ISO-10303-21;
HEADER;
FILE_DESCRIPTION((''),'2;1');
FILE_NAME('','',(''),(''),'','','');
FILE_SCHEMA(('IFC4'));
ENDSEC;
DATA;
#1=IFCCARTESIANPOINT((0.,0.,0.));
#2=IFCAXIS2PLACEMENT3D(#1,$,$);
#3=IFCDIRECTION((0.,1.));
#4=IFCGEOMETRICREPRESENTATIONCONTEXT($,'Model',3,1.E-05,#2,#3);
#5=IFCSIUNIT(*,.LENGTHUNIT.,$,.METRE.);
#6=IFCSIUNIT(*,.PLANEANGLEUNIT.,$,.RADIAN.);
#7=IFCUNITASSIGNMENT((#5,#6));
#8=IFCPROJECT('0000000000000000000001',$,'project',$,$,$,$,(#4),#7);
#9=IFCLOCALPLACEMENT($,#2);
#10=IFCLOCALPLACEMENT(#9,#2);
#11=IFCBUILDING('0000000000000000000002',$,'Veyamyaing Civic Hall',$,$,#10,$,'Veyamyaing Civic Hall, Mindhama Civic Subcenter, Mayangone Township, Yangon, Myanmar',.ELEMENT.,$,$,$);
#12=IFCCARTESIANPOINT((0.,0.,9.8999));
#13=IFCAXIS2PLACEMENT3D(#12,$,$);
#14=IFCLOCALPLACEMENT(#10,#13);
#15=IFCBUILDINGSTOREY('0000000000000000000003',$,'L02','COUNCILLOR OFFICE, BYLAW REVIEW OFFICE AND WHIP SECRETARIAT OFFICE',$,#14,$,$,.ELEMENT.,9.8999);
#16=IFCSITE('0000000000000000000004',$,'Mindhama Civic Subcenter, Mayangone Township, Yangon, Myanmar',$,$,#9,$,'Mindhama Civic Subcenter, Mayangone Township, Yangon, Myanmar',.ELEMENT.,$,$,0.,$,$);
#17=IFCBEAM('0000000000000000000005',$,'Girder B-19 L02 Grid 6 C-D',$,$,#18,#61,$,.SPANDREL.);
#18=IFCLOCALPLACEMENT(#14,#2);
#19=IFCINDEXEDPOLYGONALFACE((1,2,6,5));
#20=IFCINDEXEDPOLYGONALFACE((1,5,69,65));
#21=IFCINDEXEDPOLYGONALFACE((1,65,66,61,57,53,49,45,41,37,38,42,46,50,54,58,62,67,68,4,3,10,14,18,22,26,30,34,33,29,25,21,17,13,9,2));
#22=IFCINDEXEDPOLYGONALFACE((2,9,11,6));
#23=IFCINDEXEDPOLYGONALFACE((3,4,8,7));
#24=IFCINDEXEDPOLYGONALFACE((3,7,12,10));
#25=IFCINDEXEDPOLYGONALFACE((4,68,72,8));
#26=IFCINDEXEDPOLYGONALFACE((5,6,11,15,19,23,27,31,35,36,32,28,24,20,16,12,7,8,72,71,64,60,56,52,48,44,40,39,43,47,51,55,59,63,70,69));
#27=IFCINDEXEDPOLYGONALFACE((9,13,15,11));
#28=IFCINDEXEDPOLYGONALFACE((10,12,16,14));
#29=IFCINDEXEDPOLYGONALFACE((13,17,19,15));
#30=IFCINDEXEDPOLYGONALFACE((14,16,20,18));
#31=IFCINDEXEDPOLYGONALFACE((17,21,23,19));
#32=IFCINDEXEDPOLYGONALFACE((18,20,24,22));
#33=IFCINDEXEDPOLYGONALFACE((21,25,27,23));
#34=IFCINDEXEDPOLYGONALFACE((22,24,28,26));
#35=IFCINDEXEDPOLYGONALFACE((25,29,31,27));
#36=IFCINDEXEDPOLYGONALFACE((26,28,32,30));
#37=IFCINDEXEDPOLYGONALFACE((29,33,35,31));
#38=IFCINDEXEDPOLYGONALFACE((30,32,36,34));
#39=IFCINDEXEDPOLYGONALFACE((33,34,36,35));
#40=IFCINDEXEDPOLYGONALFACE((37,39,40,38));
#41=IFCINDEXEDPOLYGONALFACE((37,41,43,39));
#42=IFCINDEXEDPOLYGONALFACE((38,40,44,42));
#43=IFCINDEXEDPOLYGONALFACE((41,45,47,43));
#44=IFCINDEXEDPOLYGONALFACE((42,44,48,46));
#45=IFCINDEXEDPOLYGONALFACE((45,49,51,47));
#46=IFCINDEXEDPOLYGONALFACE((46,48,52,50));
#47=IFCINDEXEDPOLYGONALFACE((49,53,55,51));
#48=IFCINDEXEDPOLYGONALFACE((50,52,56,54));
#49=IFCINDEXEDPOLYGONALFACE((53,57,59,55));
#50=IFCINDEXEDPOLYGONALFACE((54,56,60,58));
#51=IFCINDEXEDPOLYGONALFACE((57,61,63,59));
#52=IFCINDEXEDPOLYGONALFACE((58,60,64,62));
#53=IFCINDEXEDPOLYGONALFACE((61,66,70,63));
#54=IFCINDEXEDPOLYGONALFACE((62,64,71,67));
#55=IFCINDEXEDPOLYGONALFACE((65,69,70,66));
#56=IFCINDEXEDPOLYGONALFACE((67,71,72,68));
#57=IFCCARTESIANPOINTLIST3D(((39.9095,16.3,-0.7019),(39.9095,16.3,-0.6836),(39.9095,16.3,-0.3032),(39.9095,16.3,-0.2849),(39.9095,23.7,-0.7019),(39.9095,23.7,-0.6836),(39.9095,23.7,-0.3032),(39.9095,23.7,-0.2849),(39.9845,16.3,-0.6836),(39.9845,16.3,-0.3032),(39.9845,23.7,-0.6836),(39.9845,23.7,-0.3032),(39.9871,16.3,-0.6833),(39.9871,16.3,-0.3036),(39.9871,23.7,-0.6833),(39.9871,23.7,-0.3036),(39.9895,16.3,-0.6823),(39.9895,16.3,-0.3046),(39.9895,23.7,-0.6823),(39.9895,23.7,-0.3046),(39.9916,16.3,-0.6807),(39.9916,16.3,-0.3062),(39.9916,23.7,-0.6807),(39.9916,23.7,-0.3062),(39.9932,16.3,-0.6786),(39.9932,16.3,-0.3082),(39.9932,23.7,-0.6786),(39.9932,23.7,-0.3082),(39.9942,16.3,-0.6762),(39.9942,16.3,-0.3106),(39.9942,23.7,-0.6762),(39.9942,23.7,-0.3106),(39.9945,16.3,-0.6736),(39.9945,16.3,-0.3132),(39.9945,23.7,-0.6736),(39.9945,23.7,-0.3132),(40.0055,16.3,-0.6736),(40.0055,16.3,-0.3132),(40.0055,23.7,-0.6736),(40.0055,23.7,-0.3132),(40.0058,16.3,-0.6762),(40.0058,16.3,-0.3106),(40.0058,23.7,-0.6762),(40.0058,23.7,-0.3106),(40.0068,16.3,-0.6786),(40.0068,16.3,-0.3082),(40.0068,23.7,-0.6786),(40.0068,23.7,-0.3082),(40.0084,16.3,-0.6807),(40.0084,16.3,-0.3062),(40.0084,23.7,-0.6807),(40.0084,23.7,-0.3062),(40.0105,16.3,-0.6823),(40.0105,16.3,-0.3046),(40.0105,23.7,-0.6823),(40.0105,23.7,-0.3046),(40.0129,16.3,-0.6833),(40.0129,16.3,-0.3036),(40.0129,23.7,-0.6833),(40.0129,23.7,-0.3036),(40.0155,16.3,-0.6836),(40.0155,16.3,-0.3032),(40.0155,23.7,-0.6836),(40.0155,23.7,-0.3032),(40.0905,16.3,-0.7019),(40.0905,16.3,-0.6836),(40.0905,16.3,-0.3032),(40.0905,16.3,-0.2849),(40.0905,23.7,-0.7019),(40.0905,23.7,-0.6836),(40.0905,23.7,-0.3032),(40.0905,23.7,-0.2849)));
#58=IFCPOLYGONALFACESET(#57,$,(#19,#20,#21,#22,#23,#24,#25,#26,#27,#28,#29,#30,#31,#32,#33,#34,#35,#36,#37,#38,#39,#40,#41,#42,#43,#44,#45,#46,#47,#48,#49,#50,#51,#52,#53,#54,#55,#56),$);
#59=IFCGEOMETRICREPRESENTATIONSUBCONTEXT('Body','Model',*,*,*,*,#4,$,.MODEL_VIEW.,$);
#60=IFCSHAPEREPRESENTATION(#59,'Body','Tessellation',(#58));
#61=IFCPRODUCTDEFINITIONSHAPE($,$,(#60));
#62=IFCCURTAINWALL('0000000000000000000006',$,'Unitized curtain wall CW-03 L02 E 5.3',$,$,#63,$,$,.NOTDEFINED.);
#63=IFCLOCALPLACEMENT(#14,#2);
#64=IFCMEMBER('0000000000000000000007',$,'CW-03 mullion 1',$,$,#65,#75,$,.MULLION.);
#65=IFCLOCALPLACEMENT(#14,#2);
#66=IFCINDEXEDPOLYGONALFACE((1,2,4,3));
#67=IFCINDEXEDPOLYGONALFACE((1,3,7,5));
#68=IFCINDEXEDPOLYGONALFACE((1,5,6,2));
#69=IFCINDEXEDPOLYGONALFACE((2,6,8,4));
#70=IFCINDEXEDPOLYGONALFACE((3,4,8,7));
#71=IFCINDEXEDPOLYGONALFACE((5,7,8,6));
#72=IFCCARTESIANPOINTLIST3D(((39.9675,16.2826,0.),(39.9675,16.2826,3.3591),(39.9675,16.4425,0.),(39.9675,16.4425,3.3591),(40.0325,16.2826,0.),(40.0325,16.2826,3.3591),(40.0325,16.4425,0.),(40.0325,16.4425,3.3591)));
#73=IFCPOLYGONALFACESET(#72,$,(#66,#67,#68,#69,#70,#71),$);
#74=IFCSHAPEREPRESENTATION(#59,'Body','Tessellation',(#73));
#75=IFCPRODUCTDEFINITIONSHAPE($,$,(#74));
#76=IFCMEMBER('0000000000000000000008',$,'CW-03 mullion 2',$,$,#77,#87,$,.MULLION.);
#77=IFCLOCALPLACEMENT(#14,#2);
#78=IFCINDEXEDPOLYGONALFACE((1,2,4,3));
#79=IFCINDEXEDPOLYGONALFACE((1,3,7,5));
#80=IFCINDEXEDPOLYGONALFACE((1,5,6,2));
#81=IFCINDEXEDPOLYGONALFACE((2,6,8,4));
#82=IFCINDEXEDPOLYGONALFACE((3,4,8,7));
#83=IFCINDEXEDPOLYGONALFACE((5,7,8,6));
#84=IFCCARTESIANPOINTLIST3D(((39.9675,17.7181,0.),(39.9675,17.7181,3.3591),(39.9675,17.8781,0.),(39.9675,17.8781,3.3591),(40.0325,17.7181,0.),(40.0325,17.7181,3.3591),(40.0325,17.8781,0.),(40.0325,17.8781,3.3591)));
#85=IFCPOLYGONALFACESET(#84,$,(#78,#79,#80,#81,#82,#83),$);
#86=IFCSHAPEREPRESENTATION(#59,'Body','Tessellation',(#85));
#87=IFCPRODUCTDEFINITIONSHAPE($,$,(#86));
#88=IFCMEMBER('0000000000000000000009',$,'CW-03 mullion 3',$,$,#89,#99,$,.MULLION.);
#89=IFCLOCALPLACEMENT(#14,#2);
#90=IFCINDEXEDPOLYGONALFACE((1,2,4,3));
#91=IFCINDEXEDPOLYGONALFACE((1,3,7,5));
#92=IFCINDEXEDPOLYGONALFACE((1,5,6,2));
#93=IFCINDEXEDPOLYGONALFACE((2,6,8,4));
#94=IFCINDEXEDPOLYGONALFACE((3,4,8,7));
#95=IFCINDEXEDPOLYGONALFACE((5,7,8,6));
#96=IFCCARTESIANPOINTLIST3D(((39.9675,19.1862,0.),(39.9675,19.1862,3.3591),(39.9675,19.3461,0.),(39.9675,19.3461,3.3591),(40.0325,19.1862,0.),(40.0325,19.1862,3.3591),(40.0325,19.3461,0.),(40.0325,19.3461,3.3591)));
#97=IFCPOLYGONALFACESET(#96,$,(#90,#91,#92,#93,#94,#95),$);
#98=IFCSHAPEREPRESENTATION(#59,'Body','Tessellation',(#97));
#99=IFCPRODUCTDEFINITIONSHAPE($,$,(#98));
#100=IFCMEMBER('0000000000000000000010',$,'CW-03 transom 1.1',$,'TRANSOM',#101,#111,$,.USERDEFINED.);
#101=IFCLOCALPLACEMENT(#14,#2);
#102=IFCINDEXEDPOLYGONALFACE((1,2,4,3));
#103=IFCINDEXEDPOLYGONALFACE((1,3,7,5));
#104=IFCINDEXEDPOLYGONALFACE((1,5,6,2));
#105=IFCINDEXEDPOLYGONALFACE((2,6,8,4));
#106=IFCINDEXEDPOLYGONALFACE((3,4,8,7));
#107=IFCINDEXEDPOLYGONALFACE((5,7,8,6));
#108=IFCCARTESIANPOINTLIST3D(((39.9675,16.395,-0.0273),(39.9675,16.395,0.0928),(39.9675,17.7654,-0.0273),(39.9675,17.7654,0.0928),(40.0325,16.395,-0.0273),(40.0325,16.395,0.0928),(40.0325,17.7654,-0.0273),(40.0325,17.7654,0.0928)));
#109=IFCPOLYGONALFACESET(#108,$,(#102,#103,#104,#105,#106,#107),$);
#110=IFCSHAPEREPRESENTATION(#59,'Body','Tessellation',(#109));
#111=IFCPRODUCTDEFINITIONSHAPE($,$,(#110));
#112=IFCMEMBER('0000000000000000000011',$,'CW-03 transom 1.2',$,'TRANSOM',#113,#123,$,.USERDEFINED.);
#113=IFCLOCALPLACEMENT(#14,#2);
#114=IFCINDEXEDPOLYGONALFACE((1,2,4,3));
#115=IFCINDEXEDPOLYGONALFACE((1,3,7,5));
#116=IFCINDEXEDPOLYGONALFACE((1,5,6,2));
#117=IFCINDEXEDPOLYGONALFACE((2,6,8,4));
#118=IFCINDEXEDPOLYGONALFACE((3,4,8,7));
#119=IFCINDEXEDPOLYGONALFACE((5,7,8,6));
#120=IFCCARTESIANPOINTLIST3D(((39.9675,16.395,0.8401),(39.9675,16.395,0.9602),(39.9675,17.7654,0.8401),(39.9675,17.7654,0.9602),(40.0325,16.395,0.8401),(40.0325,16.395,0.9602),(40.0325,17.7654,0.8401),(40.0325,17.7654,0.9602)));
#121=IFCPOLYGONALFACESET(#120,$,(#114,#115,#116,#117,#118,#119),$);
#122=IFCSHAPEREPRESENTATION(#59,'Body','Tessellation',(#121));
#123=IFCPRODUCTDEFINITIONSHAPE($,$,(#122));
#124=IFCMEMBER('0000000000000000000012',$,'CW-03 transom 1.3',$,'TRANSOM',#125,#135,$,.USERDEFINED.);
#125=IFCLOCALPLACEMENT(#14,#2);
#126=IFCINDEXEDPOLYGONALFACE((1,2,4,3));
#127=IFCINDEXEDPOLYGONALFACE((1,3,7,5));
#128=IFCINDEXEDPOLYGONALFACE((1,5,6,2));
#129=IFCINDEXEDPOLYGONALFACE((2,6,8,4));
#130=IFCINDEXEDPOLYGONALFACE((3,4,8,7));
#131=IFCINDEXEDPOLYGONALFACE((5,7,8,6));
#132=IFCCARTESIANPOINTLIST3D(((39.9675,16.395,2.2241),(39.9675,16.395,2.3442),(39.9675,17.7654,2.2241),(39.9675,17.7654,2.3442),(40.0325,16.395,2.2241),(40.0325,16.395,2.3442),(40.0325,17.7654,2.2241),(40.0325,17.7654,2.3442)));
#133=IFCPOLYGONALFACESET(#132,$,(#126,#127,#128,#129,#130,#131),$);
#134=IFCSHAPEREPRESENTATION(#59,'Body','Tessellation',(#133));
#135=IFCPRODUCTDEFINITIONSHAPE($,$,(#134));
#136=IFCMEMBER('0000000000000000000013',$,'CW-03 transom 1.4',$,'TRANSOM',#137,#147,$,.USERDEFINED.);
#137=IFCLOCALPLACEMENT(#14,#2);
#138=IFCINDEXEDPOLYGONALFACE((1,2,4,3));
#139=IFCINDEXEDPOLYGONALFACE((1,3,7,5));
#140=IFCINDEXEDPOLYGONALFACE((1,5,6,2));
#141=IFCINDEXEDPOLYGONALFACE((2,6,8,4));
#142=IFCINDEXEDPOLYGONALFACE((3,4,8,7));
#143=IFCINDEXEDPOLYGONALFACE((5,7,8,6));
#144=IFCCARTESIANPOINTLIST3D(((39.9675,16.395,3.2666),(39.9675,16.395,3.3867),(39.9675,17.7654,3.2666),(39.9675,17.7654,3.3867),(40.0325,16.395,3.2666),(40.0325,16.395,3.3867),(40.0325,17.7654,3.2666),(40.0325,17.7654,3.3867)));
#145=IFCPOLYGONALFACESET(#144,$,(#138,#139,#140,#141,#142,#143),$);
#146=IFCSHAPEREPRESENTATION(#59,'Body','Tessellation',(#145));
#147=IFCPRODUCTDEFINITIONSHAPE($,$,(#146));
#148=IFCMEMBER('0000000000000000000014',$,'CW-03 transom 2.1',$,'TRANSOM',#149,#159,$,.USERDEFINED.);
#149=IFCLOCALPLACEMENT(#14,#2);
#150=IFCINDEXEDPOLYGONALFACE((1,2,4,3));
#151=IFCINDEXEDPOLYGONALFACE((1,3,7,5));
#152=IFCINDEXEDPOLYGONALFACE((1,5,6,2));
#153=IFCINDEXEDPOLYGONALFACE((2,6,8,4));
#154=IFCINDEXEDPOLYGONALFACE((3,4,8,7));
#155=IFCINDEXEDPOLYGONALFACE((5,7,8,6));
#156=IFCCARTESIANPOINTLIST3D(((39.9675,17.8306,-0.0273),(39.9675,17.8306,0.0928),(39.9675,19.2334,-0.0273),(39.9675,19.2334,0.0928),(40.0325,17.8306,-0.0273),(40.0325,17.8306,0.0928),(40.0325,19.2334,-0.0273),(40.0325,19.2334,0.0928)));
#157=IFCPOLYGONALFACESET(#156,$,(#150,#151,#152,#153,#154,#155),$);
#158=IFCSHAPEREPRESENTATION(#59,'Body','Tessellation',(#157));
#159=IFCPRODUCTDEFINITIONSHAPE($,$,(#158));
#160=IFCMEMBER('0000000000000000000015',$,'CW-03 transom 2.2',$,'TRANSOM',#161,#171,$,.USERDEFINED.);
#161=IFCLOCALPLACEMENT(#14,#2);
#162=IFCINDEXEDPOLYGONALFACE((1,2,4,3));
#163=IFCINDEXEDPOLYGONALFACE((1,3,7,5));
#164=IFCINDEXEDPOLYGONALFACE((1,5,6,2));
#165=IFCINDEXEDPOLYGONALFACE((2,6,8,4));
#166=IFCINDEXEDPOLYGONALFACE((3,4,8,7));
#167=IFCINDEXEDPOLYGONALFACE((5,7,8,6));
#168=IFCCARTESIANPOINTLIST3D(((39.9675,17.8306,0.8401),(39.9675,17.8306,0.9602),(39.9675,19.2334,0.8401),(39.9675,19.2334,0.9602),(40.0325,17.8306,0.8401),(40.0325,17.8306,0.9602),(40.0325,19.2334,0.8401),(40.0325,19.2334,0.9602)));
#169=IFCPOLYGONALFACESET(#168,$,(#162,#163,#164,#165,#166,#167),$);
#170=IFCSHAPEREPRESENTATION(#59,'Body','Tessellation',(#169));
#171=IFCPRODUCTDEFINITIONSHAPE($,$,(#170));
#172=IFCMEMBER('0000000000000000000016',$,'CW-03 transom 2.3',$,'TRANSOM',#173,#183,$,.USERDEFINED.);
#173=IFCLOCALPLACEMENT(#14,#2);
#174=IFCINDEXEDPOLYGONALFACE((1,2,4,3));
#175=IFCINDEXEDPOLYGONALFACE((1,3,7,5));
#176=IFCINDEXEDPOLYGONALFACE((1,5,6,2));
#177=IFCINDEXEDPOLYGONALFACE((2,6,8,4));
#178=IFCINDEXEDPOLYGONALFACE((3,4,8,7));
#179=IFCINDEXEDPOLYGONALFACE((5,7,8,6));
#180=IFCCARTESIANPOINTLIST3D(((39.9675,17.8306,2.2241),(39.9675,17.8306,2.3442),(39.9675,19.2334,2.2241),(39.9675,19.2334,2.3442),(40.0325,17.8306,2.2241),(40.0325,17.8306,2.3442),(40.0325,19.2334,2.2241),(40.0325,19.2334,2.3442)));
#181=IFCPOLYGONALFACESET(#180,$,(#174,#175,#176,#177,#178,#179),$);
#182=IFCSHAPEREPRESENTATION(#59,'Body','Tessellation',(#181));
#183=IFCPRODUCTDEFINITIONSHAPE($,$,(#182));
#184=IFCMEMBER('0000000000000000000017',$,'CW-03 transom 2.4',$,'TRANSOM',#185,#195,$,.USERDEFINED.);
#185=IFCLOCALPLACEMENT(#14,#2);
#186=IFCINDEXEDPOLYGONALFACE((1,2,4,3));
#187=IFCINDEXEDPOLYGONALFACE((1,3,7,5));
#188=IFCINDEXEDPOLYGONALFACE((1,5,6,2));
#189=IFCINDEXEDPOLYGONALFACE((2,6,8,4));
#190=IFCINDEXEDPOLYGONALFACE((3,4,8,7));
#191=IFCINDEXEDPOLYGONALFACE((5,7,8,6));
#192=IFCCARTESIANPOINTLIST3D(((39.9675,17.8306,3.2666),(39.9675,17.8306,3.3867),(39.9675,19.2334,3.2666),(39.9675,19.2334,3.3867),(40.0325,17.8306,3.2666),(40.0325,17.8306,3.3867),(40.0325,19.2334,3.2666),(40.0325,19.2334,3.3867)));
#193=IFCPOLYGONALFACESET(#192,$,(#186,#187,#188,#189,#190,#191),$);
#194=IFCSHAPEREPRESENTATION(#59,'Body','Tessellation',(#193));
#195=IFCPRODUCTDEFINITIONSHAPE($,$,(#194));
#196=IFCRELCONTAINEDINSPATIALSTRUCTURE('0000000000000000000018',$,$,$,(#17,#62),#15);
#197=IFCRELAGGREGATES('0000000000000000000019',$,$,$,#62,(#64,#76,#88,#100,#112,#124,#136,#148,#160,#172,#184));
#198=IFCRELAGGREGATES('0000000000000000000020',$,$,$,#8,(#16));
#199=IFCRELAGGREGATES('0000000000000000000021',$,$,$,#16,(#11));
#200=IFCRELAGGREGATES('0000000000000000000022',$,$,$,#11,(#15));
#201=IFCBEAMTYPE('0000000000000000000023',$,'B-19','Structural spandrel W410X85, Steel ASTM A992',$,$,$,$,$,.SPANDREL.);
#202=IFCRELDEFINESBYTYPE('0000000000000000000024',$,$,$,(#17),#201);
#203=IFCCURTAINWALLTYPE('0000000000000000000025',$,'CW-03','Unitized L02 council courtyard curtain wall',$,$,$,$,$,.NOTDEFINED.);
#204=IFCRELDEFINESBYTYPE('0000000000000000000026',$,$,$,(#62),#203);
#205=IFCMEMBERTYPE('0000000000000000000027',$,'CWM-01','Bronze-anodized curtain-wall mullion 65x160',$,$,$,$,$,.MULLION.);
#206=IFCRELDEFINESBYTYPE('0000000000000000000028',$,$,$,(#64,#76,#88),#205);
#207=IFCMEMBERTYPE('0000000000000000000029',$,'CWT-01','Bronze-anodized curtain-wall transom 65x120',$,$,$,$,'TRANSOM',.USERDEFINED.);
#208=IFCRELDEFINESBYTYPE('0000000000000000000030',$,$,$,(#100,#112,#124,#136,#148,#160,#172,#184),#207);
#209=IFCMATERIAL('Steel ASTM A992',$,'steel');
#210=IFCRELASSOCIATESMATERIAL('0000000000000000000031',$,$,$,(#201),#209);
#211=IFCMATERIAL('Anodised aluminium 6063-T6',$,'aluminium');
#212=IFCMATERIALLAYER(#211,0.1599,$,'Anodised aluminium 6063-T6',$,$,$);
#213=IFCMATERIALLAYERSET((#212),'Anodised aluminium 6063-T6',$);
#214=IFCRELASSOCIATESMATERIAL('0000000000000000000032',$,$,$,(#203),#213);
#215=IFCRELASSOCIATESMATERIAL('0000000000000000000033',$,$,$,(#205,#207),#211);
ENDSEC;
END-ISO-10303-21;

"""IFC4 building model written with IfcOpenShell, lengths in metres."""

from ifc_helpers import new_model, si_unit, direction, frame, origin, origin_2d, place, context, subcontext, project, spatial, rectangle, i_section, extrude, material, layer, layer_set, material_profile, profile_set, type_object, element, aggregate, save


model = new_model("IFC4")

# Units and contexts
model_context = context("Model", 3, precision=1e-05, world=origin(), true_north=direction((0.0, 1.0)))
body_context = subcontext(model_context, "Body", "Model", "MODEL_VIEW")
ifc_project = project(units=[si_unit("LENGTHUNIT", "METRE"), si_unit("PLANEANGLEUNIT", "RADIAN")], contexts=[model_context])

# Site, building, storey
site_placement = place(None, origin())
site = spatial("IfcSite", under=ifc_project, at=site_placement, Name="Mindhama Civic Subcenter, Mayangone Township, Yangon, Myanmar", LongName="Mindhama Civic Subcenter, Mayangone Township, Yangon, Myanmar", CompositionType="ELEMENT", RefElevation=0.0)
building_placement = place(site_placement, origin())
building = spatial("IfcBuilding", under=site, at=building_placement, Name="Veyamyaing Civic Hall", LongName="Veyamyaing Civic Hall, Mindhama Civic Subcenter, Mayangone Township, Yangon, Myanmar", CompositionType="ELEMENT")
storey_placement = place(building_placement, frame((0.0, 0.0, 9.8999)))
storey = spatial("IfcBuildingStorey", under=building, at=storey_placement, Name="L02", Description="COUNCILLOR OFFICE, BYLAW REVIEW OFFICE AND WHIP SECRETARIAT OFFICE", CompositionType="ELEMENT", Elevation=9.8999)

# Beam
ifc_material_1 = material(Name="Steel ASTM A992", Category="steel")
ifc_material_profile_1 = material_profile(ifc_material_1, i_section(OverallWidth=0.1809, OverallDepth=0.417, WebThickness=0.011, FlangeThickness=0.0183, FilletRadius=0.01, at=origin_2d()), Name="W410X85")
ifc_profile_set_1 = profile_set([ifc_material_profile_1], Name="Steel ASTM A992")
beam_type = type_object("IfcBeamType", Name="B-19", Description="Structural spandrel W410X85, Steel ASTM A992", PredefinedType="SPANDREL", material=ifc_profile_set_1)
beam_placement = place(storey_placement, frame((40.0, 16.3, -0.4934), z_axis=(0.0, 1.0, 0.0), x_axis=(-1.0, 0.0, 0.0)))
element("IfcBeam", 1, at=beam_placement, inside=storey, type_object=beam_type, Name="Girder B-19 L02 Grid 6 C-D", PredefinedType="SPANDREL", context=body_context, shape_type="SweptSolid", body=[
    extrude(i_section(OverallWidth=0.1809, OverallDepth=0.417, WebThickness=0.011, FlangeThickness=0.0183, FilletRadius=0.01, at=origin_2d()), origin(), (0.0, 0.0, 1.0), 7.3999),
])

# Curtain wall, members
ifc_material_2 = material(Name="Anodised aluminium 6063-T6", Category="aluminium")
ifc_layer_1 = layer(ifc_material_2, 0.1599, Name="Anodised aluminium 6063-T6")
ifc_layer_set_1 = layer_set([ifc_layer_1], Name="Anodised aluminium 6063-T6")
curtain_wall_type = type_object("IfcCurtainWallType", Name="CW-03", Description="Unitized L02 council courtyard curtain wall", PredefinedType="NOTDEFINED", material=ifc_layer_set_1)
curtain_wall_placement = place(storey_placement, origin())
curtain_wall = element("IfcCurtainWall", 2, at=curtain_wall_placement, inside=storey, type_object=curtain_wall_type, Name="Unitized curtain wall CW-03 L02 E 5.3", PredefinedType="NOTDEFINED")
ifc_material_profile_2 = material_profile(ifc_material_2, rectangle(XDim=0.0649, YDim=0.1599, at=origin_2d()), Name="ALU-MUL-65X160")
ifc_profile_set_2 = profile_set([ifc_material_profile_2], Name="Anodised aluminium 6063-T6")
member_type_1 = type_object("IfcMemberType", Name="CWM-01", Description="Bronze-anodized curtain-wall mullion 65x160", PredefinedType="MULLION", material=ifc_profile_set_2)
member_1_placement = place(storey_placement, frame((40.0, 16.3625, 0.0), z_axis=(0.0, 0.0, 1.0), x_axis=(-1.0, 0.0, 0.0)))
member_1 = element("IfcMember", 3, at=member_1_placement, type_object=member_type_1, Name="CW-03 mullion 1", PredefinedType="MULLION", context=body_context, shape_type="SweptSolid", body=[
    extrude(rectangle(XDim=0.0649, YDim=0.1599, at=origin_2d()), origin(), (0.0, 0.0, 1.0), 3.3591),
])
member_2_placement = place(storey_placement, frame((40.0, 17.7981, 0.0), z_axis=(0.0, 0.0, 1.0), x_axis=(-1.0, 0.0, 0.0)))
member_2 = element("IfcMember", 4, at=member_2_placement, type_object=member_type_1, Name="CW-03 mullion 2", PredefinedType="MULLION", context=body_context, shape_type="SweptSolid", body=[
    extrude(rectangle(XDim=0.0649, YDim=0.1599, at=origin_2d()), origin(), (0.0, 0.0, 1.0), 3.3591),
])
member_3_placement = place(storey_placement, frame((40.0, 19.2661, 0.0), z_axis=(0.0, 0.0, 1.0), x_axis=(-1.0, 0.0, 0.0)))
member_3 = element("IfcMember", 5, at=member_3_placement, type_object=member_type_1, Name="CW-03 mullion 3", PredefinedType="MULLION", context=body_context, shape_type="SweptSolid", body=[
    extrude(rectangle(XDim=0.0649, YDim=0.1599, at=origin_2d()), origin(), (0.0, 0.0, 1.0), 3.3591),
])
ifc_material_profile_3 = material_profile(ifc_material_2, rectangle(XDim=0.0649, YDim=0.1201, at=origin_2d()), Name="ALU-TRN-65X120")
ifc_profile_set_3 = profile_set([ifc_material_profile_3], Name="Anodised aluminium 6063-T6")
member_type_2 = type_object("IfcMemberType", Name="CWT-01", Description="Bronze-anodized curtain-wall transom 65x120", ElementType="TRANSOM", PredefinedType="USERDEFINED", material=ifc_profile_set_3)
member_4_placement = place(storey_placement, frame((40.0, 16.395, 0.0327), z_axis=(0.0, 1.0, 0.0), x_axis=(-1.0, 0.0, 0.0)))
member_4 = element("IfcMember", 6, at=member_4_placement, type_object=member_type_2, Name="CW-03 transom 1.1", ObjectType="TRANSOM", PredefinedType="USERDEFINED", context=body_context, shape_type="SweptSolid", body=[
    extrude(rectangle(XDim=0.0649, YDim=0.1201, at=origin_2d()), origin(), (0.0, 0.0, 1.0), 1.3704),
])
member_5_placement = place(storey_placement, frame((40.0, 16.395, 0.9001), z_axis=(0.0, 1.0, 0.0), x_axis=(-1.0, 0.0, 0.0)))
member_5 = element("IfcMember", 7, at=member_5_placement, type_object=member_type_2, Name="CW-03 transom 1.2", ObjectType="TRANSOM", PredefinedType="USERDEFINED", context=body_context, shape_type="SweptSolid", body=[
    extrude(rectangle(XDim=0.0649, YDim=0.1201, at=origin_2d()), origin(), (0.0, 0.0, 1.0), 1.3704),
])
member_6_placement = place(storey_placement, frame((40.0, 16.395, 2.2842), z_axis=(0.0, 1.0, 0.0), x_axis=(-1.0, 0.0, 0.0)))
member_6 = element("IfcMember", 8, at=member_6_placement, type_object=member_type_2, Name="CW-03 transom 1.3", ObjectType="TRANSOM", PredefinedType="USERDEFINED", context=body_context, shape_type="SweptSolid", body=[
    extrude(rectangle(XDim=0.0649, YDim=0.1201, at=origin_2d()), origin(), (0.0, 0.0, 1.0), 1.3704),
])
member_7_placement = place(storey_placement, frame((40.0, 16.395, 3.3267), z_axis=(0.0, 1.0, 0.0), x_axis=(-1.0, 0.0, 0.0)))
member_7 = element("IfcMember", 9, at=member_7_placement, type_object=member_type_2, Name="CW-03 transom 1.4", ObjectType="TRANSOM", PredefinedType="USERDEFINED", context=body_context, shape_type="SweptSolid", body=[
    extrude(rectangle(XDim=0.0649, YDim=0.1201, at=origin_2d()), origin(), (0.0, 0.0, 1.0), 1.3704),
])
member_8_placement = place(storey_placement, frame((40.0, 17.8306, 0.0327), z_axis=(0.0, 1.0, 0.0), x_axis=(-1.0, 0.0, 0.0)))
member_8 = element("IfcMember", 10, at=member_8_placement, type_object=member_type_2, Name="CW-03 transom 2.1", ObjectType="TRANSOM", PredefinedType="USERDEFINED", context=body_context, shape_type="SweptSolid", body=[
    extrude(rectangle(XDim=0.0649, YDim=0.1201, at=origin_2d()), origin(), (0.0, 0.0, 1.0), 1.4028),
])
member_9_placement = place(storey_placement, frame((40.0, 17.8306, 0.9001), z_axis=(0.0, 1.0, 0.0), x_axis=(-1.0, 0.0, 0.0)))
member_9 = element("IfcMember", 11, at=member_9_placement, type_object=member_type_2, Name="CW-03 transom 2.2", ObjectType="TRANSOM", PredefinedType="USERDEFINED", context=body_context, shape_type="SweptSolid", body=[
    extrude(rectangle(XDim=0.0649, YDim=0.1201, at=origin_2d()), origin(), (0.0, 0.0, 1.0), 1.4028),
])
member_10_placement = place(storey_placement, frame((40.0, 17.8306, 2.2842), z_axis=(0.0, 1.0, 0.0), x_axis=(-1.0, 0.0, 0.0)))
member_10 = element("IfcMember", 12, at=member_10_placement, type_object=member_type_2, Name="CW-03 transom 2.3", ObjectType="TRANSOM", PredefinedType="USERDEFINED", context=body_context, shape_type="SweptSolid", body=[
    extrude(rectangle(XDim=0.0649, YDim=0.1201, at=origin_2d()), origin(), (0.0, 0.0, 1.0), 1.4028),
])
member_11_placement = place(storey_placement, frame((40.0, 17.8306, 3.3267), z_axis=(0.0, 1.0, 0.0), x_axis=(-1.0, 0.0, 0.0)))
member_11 = element("IfcMember", 13, at=member_11_placement, type_object=member_type_2, Name="CW-03 transom 2.4", ObjectType="TRANSOM", PredefinedType="USERDEFINED", context=body_context, shape_type="SweptSolid", body=[
    extrude(rectangle(XDim=0.0649, YDim=0.1201, at=origin_2d()), origin(), (0.0, 0.0, 1.0), 1.4028),
])
aggregate(curtain_wall, [member_1, member_2, member_3, member_4, member_5, member_6, member_7, member_8, member_9, member_10, member_11])

save(model, "model.ifc")
